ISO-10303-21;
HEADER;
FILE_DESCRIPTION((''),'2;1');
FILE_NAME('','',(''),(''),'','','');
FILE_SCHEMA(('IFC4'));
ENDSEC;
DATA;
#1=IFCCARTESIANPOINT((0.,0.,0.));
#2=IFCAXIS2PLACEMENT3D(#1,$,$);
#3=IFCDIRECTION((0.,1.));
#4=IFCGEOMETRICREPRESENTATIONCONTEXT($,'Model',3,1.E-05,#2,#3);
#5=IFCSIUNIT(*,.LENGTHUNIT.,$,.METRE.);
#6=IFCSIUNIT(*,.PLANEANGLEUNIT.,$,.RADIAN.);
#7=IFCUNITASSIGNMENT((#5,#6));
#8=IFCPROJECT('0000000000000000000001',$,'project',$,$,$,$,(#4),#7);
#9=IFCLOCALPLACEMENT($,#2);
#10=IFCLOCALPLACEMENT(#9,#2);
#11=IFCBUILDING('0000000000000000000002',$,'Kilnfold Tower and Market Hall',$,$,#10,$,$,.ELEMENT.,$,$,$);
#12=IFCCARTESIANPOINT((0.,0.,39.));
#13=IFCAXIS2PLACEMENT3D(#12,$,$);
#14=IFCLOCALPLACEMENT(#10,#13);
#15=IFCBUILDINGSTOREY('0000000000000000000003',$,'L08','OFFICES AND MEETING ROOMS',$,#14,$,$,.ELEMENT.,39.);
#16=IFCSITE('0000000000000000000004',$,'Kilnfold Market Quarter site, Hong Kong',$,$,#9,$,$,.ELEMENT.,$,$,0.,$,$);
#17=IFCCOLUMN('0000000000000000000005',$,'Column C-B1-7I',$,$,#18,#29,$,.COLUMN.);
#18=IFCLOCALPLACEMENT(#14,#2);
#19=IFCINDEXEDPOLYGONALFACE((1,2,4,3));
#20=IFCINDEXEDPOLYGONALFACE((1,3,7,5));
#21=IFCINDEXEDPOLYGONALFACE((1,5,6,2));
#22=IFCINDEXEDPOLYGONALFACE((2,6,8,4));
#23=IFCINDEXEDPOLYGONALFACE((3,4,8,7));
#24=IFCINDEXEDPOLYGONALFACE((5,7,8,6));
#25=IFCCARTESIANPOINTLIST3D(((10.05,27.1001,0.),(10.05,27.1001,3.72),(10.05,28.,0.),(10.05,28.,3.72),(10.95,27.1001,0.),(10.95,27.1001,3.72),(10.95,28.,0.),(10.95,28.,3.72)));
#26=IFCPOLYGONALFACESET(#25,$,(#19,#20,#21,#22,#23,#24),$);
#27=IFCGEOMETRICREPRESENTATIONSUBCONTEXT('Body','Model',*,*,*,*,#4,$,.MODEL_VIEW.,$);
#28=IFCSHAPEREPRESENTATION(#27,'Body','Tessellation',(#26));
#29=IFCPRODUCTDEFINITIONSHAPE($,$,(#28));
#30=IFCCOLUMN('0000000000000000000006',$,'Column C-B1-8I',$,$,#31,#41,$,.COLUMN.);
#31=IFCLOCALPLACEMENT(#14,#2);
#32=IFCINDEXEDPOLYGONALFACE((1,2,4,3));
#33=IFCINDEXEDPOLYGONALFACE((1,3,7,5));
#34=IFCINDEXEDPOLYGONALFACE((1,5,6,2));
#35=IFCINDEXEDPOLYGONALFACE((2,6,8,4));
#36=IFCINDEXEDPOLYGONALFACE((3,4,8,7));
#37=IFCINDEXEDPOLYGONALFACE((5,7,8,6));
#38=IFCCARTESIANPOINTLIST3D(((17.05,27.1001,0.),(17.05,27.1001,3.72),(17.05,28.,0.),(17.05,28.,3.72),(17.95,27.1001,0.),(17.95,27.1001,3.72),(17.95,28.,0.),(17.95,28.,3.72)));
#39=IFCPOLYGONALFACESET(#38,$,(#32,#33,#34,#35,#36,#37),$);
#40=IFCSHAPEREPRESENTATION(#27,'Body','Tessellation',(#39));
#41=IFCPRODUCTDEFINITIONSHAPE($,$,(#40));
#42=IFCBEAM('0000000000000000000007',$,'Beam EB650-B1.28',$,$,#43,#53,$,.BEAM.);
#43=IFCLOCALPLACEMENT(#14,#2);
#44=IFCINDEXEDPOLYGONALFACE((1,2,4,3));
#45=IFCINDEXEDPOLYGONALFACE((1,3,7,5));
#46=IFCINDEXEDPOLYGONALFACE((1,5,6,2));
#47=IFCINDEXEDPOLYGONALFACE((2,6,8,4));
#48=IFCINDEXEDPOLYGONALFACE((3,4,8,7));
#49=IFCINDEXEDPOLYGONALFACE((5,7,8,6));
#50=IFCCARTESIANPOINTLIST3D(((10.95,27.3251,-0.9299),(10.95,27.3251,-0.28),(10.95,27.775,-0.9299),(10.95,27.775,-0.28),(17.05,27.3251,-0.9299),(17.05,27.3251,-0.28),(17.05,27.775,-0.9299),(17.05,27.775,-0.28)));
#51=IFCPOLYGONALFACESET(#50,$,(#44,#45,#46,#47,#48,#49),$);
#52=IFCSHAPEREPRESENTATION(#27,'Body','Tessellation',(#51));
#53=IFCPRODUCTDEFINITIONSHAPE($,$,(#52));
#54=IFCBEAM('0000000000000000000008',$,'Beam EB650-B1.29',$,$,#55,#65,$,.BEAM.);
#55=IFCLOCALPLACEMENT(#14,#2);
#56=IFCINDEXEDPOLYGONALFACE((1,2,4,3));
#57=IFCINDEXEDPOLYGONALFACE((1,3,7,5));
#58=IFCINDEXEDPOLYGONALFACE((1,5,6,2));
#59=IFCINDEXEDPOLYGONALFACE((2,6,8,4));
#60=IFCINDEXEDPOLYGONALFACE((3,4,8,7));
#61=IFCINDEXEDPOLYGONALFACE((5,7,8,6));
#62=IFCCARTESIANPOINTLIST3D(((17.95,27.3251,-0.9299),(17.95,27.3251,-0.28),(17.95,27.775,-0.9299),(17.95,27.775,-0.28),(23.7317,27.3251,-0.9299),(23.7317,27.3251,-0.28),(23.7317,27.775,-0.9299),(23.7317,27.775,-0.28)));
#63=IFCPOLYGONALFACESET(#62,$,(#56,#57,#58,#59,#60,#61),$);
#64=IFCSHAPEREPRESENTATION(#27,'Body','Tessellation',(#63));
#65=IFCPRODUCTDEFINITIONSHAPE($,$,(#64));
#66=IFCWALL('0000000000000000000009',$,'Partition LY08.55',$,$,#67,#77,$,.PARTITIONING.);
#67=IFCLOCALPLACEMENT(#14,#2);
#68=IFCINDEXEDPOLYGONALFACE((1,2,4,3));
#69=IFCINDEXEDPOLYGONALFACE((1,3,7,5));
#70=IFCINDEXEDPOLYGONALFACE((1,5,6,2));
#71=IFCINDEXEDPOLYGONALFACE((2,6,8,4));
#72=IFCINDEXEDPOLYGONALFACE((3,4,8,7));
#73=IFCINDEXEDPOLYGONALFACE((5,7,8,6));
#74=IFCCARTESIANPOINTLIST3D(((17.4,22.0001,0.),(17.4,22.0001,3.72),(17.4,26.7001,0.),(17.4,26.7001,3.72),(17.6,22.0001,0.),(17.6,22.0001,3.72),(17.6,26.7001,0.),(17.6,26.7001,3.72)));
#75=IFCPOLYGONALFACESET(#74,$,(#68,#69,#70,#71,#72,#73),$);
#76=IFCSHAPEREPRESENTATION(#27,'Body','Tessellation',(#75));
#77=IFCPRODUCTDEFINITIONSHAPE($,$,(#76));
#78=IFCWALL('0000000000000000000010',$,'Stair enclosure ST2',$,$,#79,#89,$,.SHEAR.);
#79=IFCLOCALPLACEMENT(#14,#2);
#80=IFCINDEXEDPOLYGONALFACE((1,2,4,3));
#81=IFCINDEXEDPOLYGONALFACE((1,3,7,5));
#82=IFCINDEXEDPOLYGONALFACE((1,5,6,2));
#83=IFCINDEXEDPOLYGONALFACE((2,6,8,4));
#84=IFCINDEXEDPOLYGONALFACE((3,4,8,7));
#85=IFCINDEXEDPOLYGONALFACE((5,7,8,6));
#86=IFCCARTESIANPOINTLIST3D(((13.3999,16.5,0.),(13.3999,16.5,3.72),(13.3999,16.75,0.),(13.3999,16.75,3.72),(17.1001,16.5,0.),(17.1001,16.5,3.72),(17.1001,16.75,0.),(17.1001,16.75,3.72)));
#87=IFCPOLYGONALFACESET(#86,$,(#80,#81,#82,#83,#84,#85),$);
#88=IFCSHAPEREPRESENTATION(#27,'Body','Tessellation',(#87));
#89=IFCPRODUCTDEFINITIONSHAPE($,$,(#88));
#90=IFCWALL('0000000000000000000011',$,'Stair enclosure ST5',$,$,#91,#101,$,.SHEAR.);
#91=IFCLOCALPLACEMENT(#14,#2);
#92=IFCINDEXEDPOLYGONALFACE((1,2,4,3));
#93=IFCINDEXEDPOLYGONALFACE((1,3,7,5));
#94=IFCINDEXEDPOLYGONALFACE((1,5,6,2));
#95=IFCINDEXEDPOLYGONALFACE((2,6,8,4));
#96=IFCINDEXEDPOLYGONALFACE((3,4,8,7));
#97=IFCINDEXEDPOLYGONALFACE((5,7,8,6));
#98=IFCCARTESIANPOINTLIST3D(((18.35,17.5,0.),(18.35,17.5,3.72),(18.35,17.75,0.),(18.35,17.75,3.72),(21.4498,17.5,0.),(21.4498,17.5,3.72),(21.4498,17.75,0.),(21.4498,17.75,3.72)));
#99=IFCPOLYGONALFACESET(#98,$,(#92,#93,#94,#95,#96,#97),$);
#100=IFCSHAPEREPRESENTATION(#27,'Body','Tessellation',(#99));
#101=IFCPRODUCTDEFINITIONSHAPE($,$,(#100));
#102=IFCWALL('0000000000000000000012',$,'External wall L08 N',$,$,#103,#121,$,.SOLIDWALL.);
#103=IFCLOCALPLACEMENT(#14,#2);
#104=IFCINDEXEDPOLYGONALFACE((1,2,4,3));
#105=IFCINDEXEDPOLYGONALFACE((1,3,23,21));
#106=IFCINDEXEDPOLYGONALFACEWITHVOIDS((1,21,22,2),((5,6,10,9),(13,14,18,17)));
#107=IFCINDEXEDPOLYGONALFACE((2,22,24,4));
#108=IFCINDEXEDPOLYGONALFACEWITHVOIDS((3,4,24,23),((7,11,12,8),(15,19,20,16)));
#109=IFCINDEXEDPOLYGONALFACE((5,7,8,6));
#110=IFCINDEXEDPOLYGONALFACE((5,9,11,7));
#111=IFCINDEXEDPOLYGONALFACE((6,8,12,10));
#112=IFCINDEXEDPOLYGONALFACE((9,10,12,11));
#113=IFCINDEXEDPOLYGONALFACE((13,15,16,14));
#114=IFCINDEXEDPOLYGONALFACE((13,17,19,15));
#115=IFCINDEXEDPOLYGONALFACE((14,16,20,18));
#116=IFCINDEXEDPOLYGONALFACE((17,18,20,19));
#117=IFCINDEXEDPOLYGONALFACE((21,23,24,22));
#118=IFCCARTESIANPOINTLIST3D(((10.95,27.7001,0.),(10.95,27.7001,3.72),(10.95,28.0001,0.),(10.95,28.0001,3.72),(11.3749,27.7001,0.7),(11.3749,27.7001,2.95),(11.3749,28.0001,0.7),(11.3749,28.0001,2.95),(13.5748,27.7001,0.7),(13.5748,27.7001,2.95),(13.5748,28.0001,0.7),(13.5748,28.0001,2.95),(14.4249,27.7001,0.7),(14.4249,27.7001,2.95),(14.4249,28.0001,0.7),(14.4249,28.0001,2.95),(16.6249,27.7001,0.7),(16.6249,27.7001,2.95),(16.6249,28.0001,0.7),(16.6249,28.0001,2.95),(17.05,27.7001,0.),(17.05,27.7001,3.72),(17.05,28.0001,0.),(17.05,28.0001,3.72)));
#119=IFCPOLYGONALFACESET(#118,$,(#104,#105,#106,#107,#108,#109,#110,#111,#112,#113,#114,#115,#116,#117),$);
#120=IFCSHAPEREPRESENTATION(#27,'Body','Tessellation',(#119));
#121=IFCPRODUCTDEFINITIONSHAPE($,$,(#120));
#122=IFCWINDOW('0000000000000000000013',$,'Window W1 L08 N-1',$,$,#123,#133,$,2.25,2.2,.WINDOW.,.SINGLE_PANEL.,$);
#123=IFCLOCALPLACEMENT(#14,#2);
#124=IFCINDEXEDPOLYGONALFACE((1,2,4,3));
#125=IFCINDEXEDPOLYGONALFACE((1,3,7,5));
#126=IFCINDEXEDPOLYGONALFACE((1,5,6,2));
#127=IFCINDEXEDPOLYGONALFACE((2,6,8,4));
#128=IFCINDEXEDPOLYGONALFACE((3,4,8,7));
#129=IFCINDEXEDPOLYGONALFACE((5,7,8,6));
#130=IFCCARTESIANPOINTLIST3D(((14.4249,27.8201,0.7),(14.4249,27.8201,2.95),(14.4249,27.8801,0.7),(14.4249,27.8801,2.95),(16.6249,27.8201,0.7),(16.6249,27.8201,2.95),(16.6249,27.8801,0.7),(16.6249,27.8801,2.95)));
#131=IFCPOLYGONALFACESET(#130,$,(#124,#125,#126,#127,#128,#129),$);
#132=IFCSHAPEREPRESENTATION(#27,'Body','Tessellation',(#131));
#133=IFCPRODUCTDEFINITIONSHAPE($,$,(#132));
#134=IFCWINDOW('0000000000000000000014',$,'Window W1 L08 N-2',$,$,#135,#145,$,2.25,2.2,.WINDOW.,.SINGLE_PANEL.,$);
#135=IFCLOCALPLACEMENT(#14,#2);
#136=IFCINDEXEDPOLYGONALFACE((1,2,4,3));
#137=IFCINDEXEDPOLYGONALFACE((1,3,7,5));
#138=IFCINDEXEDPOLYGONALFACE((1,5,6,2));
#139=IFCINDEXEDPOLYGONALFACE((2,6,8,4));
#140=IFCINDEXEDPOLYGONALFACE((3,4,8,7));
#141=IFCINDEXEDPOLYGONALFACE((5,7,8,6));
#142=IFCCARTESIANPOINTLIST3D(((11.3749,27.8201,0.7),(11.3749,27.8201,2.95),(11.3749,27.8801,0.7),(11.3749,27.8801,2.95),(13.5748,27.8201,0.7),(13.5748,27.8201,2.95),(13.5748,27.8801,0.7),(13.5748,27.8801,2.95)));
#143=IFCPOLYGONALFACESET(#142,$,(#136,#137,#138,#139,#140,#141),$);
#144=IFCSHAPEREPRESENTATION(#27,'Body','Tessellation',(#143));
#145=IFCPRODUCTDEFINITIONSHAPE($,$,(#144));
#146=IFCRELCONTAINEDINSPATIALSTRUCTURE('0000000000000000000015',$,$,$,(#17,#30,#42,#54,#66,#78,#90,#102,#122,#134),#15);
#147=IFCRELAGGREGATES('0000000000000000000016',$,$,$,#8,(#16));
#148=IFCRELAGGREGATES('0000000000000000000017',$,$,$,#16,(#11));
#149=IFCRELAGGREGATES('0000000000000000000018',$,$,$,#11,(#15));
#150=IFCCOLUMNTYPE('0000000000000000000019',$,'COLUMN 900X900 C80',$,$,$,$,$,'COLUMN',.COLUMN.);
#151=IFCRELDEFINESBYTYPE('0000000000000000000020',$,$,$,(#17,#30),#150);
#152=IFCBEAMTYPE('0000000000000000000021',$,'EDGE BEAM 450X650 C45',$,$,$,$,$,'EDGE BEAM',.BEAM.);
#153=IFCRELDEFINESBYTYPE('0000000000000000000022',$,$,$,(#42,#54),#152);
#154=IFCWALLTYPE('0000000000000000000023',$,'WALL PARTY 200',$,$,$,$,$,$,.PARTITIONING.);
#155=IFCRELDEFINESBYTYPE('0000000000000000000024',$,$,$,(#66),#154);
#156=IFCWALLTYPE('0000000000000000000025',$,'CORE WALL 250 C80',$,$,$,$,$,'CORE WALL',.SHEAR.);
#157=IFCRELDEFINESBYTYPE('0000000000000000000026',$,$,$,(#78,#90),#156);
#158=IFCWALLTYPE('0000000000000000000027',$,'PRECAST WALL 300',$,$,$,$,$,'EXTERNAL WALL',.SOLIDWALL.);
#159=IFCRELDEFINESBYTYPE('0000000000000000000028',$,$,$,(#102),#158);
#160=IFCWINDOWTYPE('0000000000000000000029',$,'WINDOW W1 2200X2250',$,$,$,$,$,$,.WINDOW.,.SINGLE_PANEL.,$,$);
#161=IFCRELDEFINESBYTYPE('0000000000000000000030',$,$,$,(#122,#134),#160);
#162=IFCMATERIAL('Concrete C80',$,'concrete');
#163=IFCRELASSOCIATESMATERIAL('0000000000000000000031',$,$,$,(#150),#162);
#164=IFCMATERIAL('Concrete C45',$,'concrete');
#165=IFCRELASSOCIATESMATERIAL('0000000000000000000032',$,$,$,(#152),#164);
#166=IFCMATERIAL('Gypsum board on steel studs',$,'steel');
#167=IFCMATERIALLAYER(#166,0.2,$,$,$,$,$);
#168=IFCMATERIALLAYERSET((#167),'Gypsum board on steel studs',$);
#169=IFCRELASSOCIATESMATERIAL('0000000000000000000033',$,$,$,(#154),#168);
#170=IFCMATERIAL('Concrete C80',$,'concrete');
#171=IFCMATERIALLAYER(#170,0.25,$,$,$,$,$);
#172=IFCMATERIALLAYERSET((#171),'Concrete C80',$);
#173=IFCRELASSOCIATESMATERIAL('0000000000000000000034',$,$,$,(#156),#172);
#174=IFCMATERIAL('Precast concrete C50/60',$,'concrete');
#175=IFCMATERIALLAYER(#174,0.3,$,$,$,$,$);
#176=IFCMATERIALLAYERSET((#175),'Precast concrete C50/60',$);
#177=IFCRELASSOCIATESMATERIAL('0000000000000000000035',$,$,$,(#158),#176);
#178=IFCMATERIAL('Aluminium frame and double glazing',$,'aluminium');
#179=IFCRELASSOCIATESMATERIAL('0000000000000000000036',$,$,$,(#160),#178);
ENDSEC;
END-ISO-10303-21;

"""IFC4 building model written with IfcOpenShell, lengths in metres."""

from ifc_helpers import new_model, si_unit, direction, frame, frame_2d, origin, origin_2d, place, context, subcontext, project, spatial, rectangle, extrude, source, transform, mapped, material, layer, layer_set, material_profile, profile_set, type_object, element, fill, save


model = new_model("IFC4")

# Units and contexts
model_context = context("Model", 3, precision=1e-05, world=origin(), true_north=direction((0.0, 1.0)))
body_context = subcontext(model_context, "Body", "Model", "MODEL_VIEW")
ifc_project = project(units=[si_unit("LENGTHUNIT", "METRE"), si_unit("PLANEANGLEUNIT", "RADIAN")], contexts=[model_context])

# Site, building, storey
site_placement = place(None, origin())
site = spatial("IfcSite", under=ifc_project, at=site_placement, Name="Kilnfold Market Quarter site, Hong Kong", CompositionType="ELEMENT", RefElevation=0.0)
building_placement = place(site_placement, origin())
building = spatial("IfcBuilding", under=site, at=building_placement, Name="Kilnfold Tower and Market Hall", CompositionType="ELEMENT")
storey_placement = place(building_placement, frame((0.0, 0.0, 39.0)))
storey = spatial("IfcBuildingStorey", under=building, at=storey_placement, Name="L08", Description="OFFICES AND MEETING ROOMS", CompositionType="ELEMENT", Elevation=39.0)

# Columns
ifc_material_1 = material(Name="Concrete C80", Category="concrete")
ifc_material_profile_1 = material_profile(ifc_material_1, rectangle(XDim=0.8999, YDim=0.8999, at=origin_2d()), Name="RC 900x900")
ifc_profile_set_1 = profile_set([ifc_material_profile_1], Name="Concrete C80")
column_type = type_object("IfcColumnType", Name="COLUMN 900X900 C80", ElementType="COLUMN", PredefinedType="COLUMN", material=ifc_profile_set_1)
shared_shape_1 = source(origin(), body_context, "Body", "SweptSolid", [
    extrude(rectangle(XDim=0.8999, YDim=0.8999, at=origin_2d()), origin(), (0.0, 0.0, 1.0), 3.72),
])
for number, where, z_axis, x_axis, name in (
    (1, (10.5, 27.55, 0.0), (0.0, 0.0, 1.0), (1.0, 0.0, 0.0), "Column C-B1-7I"),
    (2, (17.5, 27.55, 0.0), (0.0, 0.0, 1.0), (1.0, 0.0, 0.0), "Column C-B1-8I"),
):
    element("IfcColumn", number, at=place(storey_placement, frame(where, z_axis=z_axis, x_axis=x_axis)), inside=storey, type_object=column_type, Name=name, PredefinedType="COLUMN", context=body_context, shape_type="MappedRepresentation", body=[
        mapped(shared_shape_1, transform((0.0, 0.0, 0.0))),
    ])

# Beams
ifc_material_2 = material(Name="Concrete C45", Category="concrete")
ifc_material_profile_2 = material_profile(ifc_material_2, rectangle(XDim=0.45, YDim=0.6499, at=origin_2d()), Name="RC 450x650")
ifc_profile_set_2 = profile_set([ifc_material_profile_2], Name="Concrete C45")
beam_type = type_object("IfcBeamType", Name="EDGE BEAM 450X650 C45", ElementType="EDGE BEAM", PredefinedType="BEAM", material=ifc_profile_set_2)
shared_shape_2 = source(origin(), body_context, "Body", "SweptSolid", [
    extrude(rectangle(XDim=0.45, YDim=0.6499, at=origin_2d()), origin(), (0.0, 0.0, 1.0), 6.1001),
])
beam_1_placement = place(storey_placement, frame((10.95, 27.55, -0.605), z_axis=(1.0, 0.0, 0.0), x_axis=(0.0, 1.0, 0.0)))
element("IfcBeam", 3, at=beam_1_placement, inside=storey, type_object=beam_type, Name="Beam EB650-B1.28", PredefinedType="BEAM", context=body_context, shape_type="MappedRepresentation", body=[
    mapped(shared_shape_2, transform((0.0, 0.0, 0.0))),
])
shared_shape_3 = source(origin(), body_context, "Body", "SweptSolid", [
    extrude(rectangle(XDim=0.45, YDim=0.6499, at=origin_2d()), origin(), (0.0, 0.0, 1.0), 5.7817),
])
beam_2_placement = place(storey_placement, frame((17.95, 27.55, -0.605), z_axis=(1.0, 0.0, 0.0), x_axis=(0.0, 1.0, 0.0)))
element("IfcBeam", 4, at=beam_2_placement, inside=storey, type_object=beam_type, Name="Beam EB650-B1.29", PredefinedType="BEAM", context=body_context, shape_type="MappedRepresentation", body=[
    mapped(shared_shape_3, transform((0.0, 0.0, 0.0))),
])

# Walls
ifc_material_3 = material(Name="Gypsum board on steel studs", Category="steel")
ifc_layer_1 = layer(ifc_material_3, 0.2)
ifc_layer_set_1 = layer_set([ifc_layer_1], Name="Gypsum board on steel studs")
wall_type_1 = type_object("IfcWallType", Name="WALL PARTY 200", PredefinedType="PARTITIONING", material=ifc_layer_set_1)
wall_1_placement = place(storey_placement, frame((17.5, 22.0, 0.0), z_axis=(0.0, 0.0, 1.0), x_axis=(0.0, 1.0, 0.0)))
element("IfcWall", 5, at=wall_1_placement, inside=storey, type_object=wall_type_1, Name="Partition LY08.55", PredefinedType="PARTITIONING", context=body_context, shape_type="SweptSolid", body=[
    extrude(rectangle(XDim=4.7, YDim=0.2, at=frame_2d((2.3501, 0.0))), origin(), (0.0, 0.0, 1.0), 3.72),
])
ifc_material_4 = material(Name="Concrete C80", Category="concrete")
ifc_layer_2 = layer(ifc_material_4, 0.25)
ifc_layer_set_2 = layer_set([ifc_layer_2], Name="Concrete C80")
wall_type_2 = type_object("IfcWallType", Name="CORE WALL 250 C80", ElementType="CORE WALL", PredefinedType="SHEAR", material=ifc_layer_set_2)
shared_shape_4 = source(origin(), body_context, "Body", "SweptSolid", [
    extrude(rectangle(XDim=3.7002, YDim=0.25, at=frame_2d((1.8501, 0.0))), origin(), (0.0, 0.0, 1.0), 3.72),
])
wall_2_placement = place(storey_placement, frame((13.3999, 16.625, 0.0), z_axis=(0.0, 0.0, 1.0), x_axis=(1.0, 0.0, 0.0)))
element("IfcWall", 6, at=wall_2_placement, inside=storey, type_object=wall_type_2, Name="Stair enclosure ST2", PredefinedType="SHEAR", context=body_context, shape_type="MappedRepresentation", body=[
    mapped(shared_shape_4, transform((0.0, 0.0, 0.0))),
])
shared_shape_5 = source(origin(), body_context, "Body", "SweptSolid", [
    extrude(rectangle(XDim=3.0999, YDim=0.25, at=frame_2d((1.5498, 0.0))), origin(), (0.0, 0.0, 1.0), 3.72),
])
wall_3_placement = place(storey_placement, frame((18.3501, 17.625, 0.0), z_axis=(0.0, 0.0, 1.0), x_axis=(1.0, 0.0, 0.0)))
element("IfcWall", 7, at=wall_3_placement, inside=storey, type_object=wall_type_2, Name="Stair enclosure ST5", PredefinedType="SHEAR", context=body_context, shape_type="MappedRepresentation", body=[
    mapped(shared_shape_5, transform((0.0, 0.0, 0.0))),
])

# Wall, openings, windows
ifc_material_5 = material(Name="Precast concrete C50/60", Category="concrete")
ifc_layer_3 = layer(ifc_material_5, 0.3)
ifc_layer_set_3 = layer_set([ifc_layer_3], Name="Precast concrete C50/60")
wall_type_3 = type_object("IfcWallType", Name="PRECAST WALL 300", ElementType="EXTERNAL WALL", PredefinedType="SOLIDWALL", material=ifc_layer_set_3)
shared_shape_6 = source(origin(), body_context, "Body", "SweptSolid", [
    extrude(rectangle(XDim=6.1001, YDim=0.3, at=frame_2d((3.05, 0.0))), origin(), (0.0, 0.0, 1.0), 3.72),
])
wall_4_placement = place(storey_placement, frame((17.05, 27.8501, 0.0), z_axis=(0.0, 0.0, 1.0), x_axis=(-1.0, 0.0, 0.0)))
wall_4 = element("IfcWall", 8, at=wall_4_placement, inside=storey, type_object=wall_type_3, Name="External wall L08 N", PredefinedType="SOLIDWALL", context=body_context, shape_type="MappedRepresentation", body=[
    mapped(shared_shape_6, transform((0.0, 0.0, 0.0))),
])
opening_1_placement = place(wall_4_placement, frame((0.425, 0.0, 0.7)))
opening_1 = element("IfcOpeningElement", 9, at=opening_1_placement, cuts=wall_4, PredefinedType="OPENING", context=body_context, shape_type="SweptSolid", body=[
    extrude(rectangle(XDim=2.2, YDim=2.25, at=frame_2d((1.1001, 1.125))), frame((0.0, 0.1602, 0.0), z_axis=(0.0, -1.0, 0.0), x_axis=(1.0, 0.0, 0.0)), (0.0, 0.0, 1.0), 0.3201),
])
opening_2_placement = place(wall_4_placement, frame((3.4751, 0.0, 0.7)))
opening_2 = element("IfcOpeningElement", 10, at=opening_2_placement, cuts=wall_4, PredefinedType="OPENING", context=body_context, shape_type="SweptSolid", body=[
    extrude(rectangle(XDim=2.2, YDim=2.25, at=frame_2d((1.1001, 1.125))), frame((0.0, 0.1602, 0.0), z_axis=(0.0, -1.0, 0.0), x_axis=(1.0, 0.0, 0.0)), (0.0, 0.0, 1.0), 0.3201),
])
ifc_material_6 = material(Name="Aluminium frame and double glazing", Category="aluminium")
window_type = type_object("IfcWindowType", Name="WINDOW W1 2200X2250", PartitioningType="SINGLE_PANEL", PredefinedType="WINDOW", material=ifc_material_6)
window_1_placement = place(opening_1_placement, origin())
window_1 = element("IfcWindow", 11, at=window_1_placement, inside=storey, type_object=window_type, Name="Window W1 L08 N-1", OverallHeight=2.25, OverallWidth=2.2, PartitioningType="SINGLE_PANEL", PredefinedType="WINDOW", context=body_context, shape_type="SweptSolid", body=[
    extrude(rectangle(XDim=2.2, YDim=2.25, at=frame_2d((1.1001, 1.125))), frame((0.0, 0.03, 0.0), z_axis=(0.0, -1.0, 0.0), x_axis=(1.0, 0.0, 0.0)), (0.0, 0.0, 1.0), 0.0601),
])
fill(opening_1, window_1)
window_2_placement = place(opening_2_placement, origin())
window_2 = element("IfcWindow", 12, at=window_2_placement, inside=storey, type_object=window_type, Name="Window W1 L08 N-2", OverallHeight=2.25, OverallWidth=2.2, PartitioningType="SINGLE_PANEL", PredefinedType="WINDOW", context=body_context, shape_type="SweptSolid", body=[
    extrude(rectangle(XDim=2.2, YDim=2.25, at=frame_2d((1.1001, 1.125))), frame((0.0, 0.03, 0.0), z_axis=(0.0, -1.0, 0.0), x_axis=(1.0, 0.0, 0.0)), (0.0, 0.0, 1.0), 0.0601),
])
fill(opening_2, window_2)

save(model, "model.ifc")
